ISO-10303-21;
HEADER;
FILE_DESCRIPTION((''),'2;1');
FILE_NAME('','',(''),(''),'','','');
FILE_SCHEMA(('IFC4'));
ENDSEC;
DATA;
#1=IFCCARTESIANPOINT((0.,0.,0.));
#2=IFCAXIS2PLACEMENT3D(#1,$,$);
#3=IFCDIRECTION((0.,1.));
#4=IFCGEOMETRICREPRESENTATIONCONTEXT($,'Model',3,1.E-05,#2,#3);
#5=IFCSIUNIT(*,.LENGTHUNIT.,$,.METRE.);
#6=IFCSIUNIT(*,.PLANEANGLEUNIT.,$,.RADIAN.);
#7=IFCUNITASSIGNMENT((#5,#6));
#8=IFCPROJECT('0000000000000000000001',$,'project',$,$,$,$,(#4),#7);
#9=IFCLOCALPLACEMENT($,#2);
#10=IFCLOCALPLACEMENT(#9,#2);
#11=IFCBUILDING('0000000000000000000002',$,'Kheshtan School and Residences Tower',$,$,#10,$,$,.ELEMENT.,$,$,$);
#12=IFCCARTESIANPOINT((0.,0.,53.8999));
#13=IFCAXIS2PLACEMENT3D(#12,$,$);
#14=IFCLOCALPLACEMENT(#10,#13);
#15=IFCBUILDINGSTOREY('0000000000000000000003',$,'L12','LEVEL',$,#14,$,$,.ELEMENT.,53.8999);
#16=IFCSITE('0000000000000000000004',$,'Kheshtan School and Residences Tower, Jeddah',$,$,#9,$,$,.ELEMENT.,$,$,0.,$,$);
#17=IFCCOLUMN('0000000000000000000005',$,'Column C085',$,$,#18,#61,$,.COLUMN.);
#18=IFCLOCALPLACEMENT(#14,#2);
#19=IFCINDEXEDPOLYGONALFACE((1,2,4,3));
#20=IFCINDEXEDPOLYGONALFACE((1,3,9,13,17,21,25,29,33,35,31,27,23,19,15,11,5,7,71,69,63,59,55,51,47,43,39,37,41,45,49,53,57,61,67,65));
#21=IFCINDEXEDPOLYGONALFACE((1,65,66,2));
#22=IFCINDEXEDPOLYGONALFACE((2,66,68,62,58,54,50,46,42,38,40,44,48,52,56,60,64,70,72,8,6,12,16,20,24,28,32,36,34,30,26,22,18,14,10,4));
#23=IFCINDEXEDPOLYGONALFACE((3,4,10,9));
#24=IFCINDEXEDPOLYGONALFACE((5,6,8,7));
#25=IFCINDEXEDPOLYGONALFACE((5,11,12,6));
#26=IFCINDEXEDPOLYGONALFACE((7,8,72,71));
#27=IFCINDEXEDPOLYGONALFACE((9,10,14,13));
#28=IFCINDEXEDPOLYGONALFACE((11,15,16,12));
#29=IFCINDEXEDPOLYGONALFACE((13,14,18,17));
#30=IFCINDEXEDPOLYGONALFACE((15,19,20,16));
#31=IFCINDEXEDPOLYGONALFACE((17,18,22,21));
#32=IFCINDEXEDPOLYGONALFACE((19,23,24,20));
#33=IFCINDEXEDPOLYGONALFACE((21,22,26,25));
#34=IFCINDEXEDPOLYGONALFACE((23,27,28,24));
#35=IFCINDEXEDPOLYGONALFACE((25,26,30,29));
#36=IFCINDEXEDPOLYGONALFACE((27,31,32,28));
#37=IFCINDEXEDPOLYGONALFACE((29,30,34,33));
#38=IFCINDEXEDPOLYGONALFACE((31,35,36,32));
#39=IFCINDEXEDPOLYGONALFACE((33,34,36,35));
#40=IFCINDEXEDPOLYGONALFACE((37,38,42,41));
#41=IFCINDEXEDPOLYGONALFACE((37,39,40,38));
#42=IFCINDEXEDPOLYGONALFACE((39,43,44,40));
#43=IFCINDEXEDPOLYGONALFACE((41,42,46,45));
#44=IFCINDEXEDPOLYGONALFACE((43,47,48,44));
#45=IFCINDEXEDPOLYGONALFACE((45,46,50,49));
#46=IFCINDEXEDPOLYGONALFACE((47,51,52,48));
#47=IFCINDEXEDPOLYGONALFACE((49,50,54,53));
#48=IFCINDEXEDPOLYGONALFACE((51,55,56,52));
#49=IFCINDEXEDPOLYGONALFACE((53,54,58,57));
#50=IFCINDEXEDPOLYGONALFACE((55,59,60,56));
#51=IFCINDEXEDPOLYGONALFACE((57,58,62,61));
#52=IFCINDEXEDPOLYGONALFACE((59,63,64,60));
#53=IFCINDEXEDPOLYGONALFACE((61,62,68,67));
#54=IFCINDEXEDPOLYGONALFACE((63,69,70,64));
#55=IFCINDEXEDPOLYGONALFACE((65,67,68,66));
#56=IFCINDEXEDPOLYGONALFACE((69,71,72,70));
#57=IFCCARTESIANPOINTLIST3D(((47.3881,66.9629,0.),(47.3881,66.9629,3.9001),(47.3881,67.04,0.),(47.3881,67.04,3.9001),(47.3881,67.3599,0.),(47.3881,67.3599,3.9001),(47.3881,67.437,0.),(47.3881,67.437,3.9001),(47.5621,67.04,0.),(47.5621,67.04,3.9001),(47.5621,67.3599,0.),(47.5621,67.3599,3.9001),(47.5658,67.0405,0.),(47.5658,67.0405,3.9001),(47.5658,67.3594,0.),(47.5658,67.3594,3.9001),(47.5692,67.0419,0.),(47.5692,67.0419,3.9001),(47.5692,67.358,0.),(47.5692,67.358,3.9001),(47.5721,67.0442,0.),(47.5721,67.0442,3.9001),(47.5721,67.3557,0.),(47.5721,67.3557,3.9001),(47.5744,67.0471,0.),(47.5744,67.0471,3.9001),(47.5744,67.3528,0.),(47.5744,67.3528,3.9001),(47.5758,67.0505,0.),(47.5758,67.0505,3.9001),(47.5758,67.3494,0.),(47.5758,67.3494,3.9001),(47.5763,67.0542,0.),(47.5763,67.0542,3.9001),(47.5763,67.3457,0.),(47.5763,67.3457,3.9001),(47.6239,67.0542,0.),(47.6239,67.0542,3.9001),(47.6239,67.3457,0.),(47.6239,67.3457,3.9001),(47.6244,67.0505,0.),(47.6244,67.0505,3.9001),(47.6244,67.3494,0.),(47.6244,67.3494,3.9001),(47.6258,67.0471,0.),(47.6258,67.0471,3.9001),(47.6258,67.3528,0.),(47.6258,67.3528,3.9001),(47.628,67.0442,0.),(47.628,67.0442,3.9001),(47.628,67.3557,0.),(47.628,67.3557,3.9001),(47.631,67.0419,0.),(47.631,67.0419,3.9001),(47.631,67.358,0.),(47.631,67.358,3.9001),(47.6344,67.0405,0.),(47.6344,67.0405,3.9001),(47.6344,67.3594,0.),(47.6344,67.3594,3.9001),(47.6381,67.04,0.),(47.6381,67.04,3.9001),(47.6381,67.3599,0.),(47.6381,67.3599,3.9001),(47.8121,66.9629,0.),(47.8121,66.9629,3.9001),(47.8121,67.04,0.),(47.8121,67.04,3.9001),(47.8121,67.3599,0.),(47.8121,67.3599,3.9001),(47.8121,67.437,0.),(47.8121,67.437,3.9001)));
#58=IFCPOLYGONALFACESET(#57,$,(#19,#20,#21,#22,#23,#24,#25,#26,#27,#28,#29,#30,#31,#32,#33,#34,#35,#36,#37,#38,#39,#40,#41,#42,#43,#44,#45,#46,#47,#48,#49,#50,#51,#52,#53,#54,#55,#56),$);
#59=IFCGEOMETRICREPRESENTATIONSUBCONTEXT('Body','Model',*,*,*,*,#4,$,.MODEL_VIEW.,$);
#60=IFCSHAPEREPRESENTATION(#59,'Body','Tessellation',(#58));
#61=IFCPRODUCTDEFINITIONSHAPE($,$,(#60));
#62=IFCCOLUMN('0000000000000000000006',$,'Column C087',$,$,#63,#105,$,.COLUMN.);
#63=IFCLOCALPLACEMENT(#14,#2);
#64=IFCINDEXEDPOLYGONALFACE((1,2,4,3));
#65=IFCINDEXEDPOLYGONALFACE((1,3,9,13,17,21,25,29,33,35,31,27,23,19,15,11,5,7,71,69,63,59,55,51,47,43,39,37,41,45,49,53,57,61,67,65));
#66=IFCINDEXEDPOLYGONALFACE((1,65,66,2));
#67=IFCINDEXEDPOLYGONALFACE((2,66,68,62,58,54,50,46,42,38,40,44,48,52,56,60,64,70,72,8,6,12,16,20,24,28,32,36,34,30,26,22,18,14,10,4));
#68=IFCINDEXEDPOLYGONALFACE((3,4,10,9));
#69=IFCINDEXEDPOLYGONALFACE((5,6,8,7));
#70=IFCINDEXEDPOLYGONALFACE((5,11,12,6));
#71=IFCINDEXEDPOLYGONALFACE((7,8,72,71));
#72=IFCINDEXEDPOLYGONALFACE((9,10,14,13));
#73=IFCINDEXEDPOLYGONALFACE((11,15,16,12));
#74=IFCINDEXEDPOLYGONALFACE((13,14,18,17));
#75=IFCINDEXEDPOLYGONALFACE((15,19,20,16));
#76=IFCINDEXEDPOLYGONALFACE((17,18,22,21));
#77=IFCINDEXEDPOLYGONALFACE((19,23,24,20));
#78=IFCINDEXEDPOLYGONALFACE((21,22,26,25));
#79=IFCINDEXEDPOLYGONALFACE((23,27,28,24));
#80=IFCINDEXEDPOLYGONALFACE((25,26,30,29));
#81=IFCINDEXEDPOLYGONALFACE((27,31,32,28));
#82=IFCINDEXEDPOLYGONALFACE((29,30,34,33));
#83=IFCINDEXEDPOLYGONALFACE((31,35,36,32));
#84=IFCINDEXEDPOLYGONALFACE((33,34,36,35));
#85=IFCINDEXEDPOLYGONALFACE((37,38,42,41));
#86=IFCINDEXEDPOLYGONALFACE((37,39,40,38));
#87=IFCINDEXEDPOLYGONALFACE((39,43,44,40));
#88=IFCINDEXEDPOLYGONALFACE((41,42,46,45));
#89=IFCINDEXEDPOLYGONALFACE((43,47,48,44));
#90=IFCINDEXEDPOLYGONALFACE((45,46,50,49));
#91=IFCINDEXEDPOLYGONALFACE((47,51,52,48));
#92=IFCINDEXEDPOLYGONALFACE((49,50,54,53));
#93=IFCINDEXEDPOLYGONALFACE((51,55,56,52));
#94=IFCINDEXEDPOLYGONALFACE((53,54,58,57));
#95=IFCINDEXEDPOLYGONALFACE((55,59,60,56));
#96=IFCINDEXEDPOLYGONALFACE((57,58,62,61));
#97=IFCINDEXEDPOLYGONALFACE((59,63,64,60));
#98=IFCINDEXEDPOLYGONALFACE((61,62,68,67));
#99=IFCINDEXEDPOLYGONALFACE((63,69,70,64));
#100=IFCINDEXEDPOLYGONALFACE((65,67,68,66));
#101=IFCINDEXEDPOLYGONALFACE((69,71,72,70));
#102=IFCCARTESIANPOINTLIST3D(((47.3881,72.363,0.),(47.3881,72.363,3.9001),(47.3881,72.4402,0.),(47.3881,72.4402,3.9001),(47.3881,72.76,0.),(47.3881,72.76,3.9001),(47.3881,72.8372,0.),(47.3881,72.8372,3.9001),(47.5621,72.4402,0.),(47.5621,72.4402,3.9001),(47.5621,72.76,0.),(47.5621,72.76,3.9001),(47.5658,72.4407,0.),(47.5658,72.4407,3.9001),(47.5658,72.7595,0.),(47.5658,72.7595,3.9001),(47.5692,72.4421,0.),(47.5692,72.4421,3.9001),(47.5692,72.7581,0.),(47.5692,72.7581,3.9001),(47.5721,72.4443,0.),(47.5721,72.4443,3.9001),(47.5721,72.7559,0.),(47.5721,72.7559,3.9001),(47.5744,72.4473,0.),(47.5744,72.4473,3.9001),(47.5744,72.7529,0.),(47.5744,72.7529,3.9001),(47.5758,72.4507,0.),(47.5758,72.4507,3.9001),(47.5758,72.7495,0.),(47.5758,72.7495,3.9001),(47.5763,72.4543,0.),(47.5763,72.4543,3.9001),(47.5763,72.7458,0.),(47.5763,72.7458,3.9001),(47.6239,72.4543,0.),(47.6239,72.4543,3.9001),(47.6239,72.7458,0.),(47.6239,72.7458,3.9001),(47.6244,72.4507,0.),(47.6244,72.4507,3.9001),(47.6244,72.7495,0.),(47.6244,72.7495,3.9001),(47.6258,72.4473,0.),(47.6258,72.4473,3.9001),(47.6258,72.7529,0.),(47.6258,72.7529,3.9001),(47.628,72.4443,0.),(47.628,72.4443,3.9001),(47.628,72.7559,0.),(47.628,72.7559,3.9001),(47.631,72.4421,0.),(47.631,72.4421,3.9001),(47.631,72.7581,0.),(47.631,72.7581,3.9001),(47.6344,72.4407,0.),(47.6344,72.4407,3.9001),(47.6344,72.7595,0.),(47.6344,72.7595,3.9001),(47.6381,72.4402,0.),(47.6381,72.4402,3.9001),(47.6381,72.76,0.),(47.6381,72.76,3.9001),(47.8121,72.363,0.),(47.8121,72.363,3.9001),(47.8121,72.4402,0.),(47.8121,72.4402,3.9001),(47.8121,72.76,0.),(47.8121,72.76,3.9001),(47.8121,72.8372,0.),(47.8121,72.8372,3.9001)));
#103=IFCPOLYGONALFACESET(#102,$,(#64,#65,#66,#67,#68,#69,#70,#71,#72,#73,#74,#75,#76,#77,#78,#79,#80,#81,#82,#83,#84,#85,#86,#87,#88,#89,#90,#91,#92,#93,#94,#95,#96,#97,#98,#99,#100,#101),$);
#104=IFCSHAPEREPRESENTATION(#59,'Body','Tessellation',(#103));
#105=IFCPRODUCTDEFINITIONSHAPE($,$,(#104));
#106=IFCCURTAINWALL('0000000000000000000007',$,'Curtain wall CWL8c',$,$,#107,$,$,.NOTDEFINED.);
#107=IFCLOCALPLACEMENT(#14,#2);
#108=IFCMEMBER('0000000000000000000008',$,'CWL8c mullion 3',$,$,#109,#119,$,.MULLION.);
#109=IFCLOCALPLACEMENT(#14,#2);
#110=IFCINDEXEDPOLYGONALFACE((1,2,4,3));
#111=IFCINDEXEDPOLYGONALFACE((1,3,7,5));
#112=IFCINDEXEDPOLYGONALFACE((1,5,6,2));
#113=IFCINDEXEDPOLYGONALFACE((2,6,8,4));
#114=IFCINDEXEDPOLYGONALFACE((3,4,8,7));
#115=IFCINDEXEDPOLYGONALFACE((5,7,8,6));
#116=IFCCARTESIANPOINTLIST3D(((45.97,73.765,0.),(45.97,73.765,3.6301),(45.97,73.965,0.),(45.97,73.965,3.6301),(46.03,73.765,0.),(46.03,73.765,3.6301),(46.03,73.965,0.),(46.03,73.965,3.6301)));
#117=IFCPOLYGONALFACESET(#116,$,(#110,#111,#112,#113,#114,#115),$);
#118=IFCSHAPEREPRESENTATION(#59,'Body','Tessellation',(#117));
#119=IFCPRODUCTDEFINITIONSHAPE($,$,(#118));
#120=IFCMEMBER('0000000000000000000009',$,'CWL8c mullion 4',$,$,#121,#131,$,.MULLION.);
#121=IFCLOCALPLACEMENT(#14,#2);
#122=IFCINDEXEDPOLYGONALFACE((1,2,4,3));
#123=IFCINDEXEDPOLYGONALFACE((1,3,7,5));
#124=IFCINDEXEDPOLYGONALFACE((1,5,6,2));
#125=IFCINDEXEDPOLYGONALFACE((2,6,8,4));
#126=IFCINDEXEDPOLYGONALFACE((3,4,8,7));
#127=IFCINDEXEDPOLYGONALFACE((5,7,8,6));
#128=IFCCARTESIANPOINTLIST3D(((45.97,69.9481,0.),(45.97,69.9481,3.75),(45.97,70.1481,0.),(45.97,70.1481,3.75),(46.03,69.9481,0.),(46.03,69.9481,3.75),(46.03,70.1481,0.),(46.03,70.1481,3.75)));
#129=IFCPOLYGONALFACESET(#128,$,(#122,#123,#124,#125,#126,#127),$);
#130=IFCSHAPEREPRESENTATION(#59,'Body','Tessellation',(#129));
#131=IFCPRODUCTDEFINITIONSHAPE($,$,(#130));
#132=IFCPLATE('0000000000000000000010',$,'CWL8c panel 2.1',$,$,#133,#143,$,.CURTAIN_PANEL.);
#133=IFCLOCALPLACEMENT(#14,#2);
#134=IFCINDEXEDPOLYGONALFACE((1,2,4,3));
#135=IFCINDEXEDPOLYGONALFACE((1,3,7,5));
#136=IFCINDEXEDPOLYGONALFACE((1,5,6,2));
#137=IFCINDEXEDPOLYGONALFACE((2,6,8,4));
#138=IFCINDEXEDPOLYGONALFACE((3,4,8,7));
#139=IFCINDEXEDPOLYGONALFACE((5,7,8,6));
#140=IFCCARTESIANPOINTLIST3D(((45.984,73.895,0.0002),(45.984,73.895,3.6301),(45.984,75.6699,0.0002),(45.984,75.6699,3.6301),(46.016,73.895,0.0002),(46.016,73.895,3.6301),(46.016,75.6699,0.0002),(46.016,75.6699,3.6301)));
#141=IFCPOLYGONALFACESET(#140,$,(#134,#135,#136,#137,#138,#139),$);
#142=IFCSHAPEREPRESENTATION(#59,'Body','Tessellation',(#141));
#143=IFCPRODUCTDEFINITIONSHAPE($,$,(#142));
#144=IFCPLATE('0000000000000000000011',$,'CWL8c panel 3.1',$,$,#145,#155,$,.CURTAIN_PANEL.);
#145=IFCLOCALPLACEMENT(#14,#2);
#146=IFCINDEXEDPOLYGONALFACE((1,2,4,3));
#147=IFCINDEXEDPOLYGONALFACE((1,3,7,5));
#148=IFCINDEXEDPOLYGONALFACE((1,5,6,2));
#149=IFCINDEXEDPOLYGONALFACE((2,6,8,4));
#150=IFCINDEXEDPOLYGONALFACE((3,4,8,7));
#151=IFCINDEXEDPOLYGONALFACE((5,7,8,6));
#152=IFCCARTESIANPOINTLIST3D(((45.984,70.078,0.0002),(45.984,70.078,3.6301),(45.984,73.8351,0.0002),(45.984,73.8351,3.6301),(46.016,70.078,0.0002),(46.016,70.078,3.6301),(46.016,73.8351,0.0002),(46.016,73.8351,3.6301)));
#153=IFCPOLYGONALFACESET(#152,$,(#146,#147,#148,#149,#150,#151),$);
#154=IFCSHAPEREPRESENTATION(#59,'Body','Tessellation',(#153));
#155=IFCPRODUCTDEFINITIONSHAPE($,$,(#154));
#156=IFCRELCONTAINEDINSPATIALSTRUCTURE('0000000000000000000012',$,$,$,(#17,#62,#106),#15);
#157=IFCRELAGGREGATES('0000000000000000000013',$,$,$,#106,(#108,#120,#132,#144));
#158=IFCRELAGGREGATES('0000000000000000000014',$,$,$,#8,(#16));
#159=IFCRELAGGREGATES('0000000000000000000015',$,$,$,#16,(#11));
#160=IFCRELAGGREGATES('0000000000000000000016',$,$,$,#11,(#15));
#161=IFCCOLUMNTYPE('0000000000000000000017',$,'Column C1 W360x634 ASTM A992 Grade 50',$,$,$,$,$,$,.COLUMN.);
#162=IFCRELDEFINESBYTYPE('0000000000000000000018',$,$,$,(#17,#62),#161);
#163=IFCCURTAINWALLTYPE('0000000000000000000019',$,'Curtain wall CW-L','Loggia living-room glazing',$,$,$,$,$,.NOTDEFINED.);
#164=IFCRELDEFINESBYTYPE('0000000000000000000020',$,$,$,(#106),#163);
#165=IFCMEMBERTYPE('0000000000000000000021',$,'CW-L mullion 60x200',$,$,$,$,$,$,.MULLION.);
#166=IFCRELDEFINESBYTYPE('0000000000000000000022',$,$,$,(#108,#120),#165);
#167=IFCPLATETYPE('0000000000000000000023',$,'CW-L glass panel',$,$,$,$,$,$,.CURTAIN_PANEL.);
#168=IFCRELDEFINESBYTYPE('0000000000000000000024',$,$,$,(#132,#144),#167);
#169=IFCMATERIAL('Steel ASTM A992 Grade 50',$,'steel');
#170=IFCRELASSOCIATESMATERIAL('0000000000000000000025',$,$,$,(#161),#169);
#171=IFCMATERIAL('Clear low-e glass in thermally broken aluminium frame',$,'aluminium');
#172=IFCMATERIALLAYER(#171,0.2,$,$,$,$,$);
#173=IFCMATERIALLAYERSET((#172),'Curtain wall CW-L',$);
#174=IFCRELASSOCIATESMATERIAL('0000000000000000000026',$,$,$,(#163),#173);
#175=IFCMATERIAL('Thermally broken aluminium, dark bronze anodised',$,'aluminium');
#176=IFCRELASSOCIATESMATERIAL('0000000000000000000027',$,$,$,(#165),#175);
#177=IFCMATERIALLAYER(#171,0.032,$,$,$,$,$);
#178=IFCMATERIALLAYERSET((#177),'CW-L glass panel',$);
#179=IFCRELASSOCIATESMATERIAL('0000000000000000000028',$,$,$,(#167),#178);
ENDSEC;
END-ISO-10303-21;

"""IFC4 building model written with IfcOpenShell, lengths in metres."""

from ifc_helpers import new_model, si_unit, direction, frame, origin, origin_2d, place, context, subcontext, project, spatial, rectangle, i_section, extrude, material, layer, layer_set, material_profile, profile_set, type_object, element, aggregate, save


model = new_model("IFC4")

# Units and contexts
model_context = context("Model", 3, precision=1e-05, world=origin(), true_north=direction((0.0, 1.0)))
body_context = subcontext(model_context, "Body", "Model", "MODEL_VIEW")
ifc_project = project(units=[si_unit("LENGTHUNIT", "METRE"), si_unit("PLANEANGLEUNIT", "RADIAN")], contexts=[model_context])

# Site, building, storey
site_placement = place(None, origin())
site = spatial("IfcSite", under=ifc_project, at=site_placement, Name="Kheshtan School and Residences Tower, Jeddah", CompositionType="ELEMENT", RefElevation=0.0)
building_placement = place(site_placement, origin())
building = spatial("IfcBuilding", under=site, at=building_placement, Name="Kheshtan School and Residences Tower", CompositionType="ELEMENT")
storey_placement = place(building_placement, frame((0.0, 0.0, 53.8999)))
storey = spatial("IfcBuildingStorey", under=building, at=storey_placement, Name="L12", Description="LEVEL", CompositionType="ELEMENT", Elevation=53.8999)

# Columns
ifc_material_1 = material(Name="Steel ASTM A992 Grade 50", Category="steel")
ifc_material_profile_1 = material_profile(ifc_material_1, i_section(OverallWidth=0.4241, OverallDepth=0.4741, WebThickness=0.0476, FlangeThickness=0.0771, FilletRadius=0.0142, at=origin_2d()), Name="W360x634")
ifc_profile_set_1 = profile_set([ifc_material_profile_1], Name="Steel ASTM A992 Grade 50")
column_type = type_object("IfcColumnType", Name="Column C1 W360x634 ASTM A992 Grade 50", PredefinedType="COLUMN", material=ifc_profile_set_1)
for number, where, z_axis, x_axis, name in (
    (1, (47.6001, 67.2, 0.0), (0.0, 0.0, 1.0), (1.0, 0.0, 0.0), "Column C085"),
    (2, (47.6001, 72.6001, 0.0), (0.0, 0.0, 1.0), (1.0, 0.0, 0.0), "Column C087"),
):
    element("IfcColumn", number, at=place(storey_placement, frame(where, z_axis=z_axis, x_axis=x_axis)), inside=storey, type_object=column_type, Name=name, PredefinedType="COLUMN", context=body_context, shape_type="SweptSolid", body=[
        extrude(i_section(OverallWidth=0.4241, OverallDepth=0.4741, WebThickness=0.0476, FlangeThickness=0.0771, FilletRadius=0.0142, at=origin_2d()), origin(), (0.0, 0.0, 1.0), 3.9001),
    ])

# Curtain wall, members, plates
ifc_material_2 = material(Name="Clear low-e glass in thermally broken aluminium frame", Category="aluminium")
ifc_layer_1 = layer(ifc_material_2, 0.2)
ifc_layer_set_1 = layer_set([ifc_layer_1], Name="Curtain wall CW-L")
curtain_wall_type = type_object("IfcCurtainWallType", Name="Curtain wall CW-L", Description="Loggia living-room glazing", PredefinedType="NOTDEFINED", material=ifc_layer_set_1)
curtain_wall_placement = place(storey_placement, origin())
curtain_wall = element("IfcCurtainWall", 3, at=curtain_wall_placement, inside=storey, type_object=curtain_wall_type, Name="Curtain wall CWL8c", PredefinedType="NOTDEFINED")
ifc_material_3 = material(Name="Thermally broken aluminium, dark bronze anodised", Category="aluminium")
ifc_material_profile_2 = material_profile(ifc_material_3, rectangle(XDim=0.0601, YDim=0.2, at=origin_2d()), Name="CW-L mullion 60x200")
ifc_profile_set_2 = profile_set([ifc_material_profile_2], Name="Thermally broken aluminium, dark bronze anodised")
member_type = type_object("IfcMemberType", Name="CW-L mullion 60x200", PredefinedType="MULLION", material=ifc_profile_set_2)
member_1_placement = place(storey_placement, frame((46.0, 73.865, 0.0), z_axis=(0.0, 0.0, 1.0), x_axis=(1.0, 0.0, 0.0)))
member_1 = element("IfcMember", 4, at=member_1_placement, type_object=member_type, Name="CWL8c mullion 3", PredefinedType="MULLION", context=body_context, shape_type="SweptSolid", body=[
    extrude(rectangle(XDim=0.0601, YDim=0.2, at=origin_2d()), origin(), (0.0, 0.0, 1.0), 3.6301),
])
member_2_placement = place(storey_placement, frame((46.0, 70.0481, 0.0), z_axis=(0.0, 0.0, 1.0), x_axis=(1.0, 0.0, 0.0)))
member_2 = element("IfcMember", 5, at=member_2_placement, type_object=member_type, Name="CWL8c mullion 4", PredefinedType="MULLION", context=body_context, shape_type="SweptSolid", body=[
    extrude(rectangle(XDim=0.0601, YDim=0.2, at=origin_2d()), origin(), (0.0, 0.0, 1.0), 3.75),
])
ifc_layer_2 = layer(ifc_material_2, 0.032)
ifc_layer_set_2 = layer_set([ifc_layer_2], Name="CW-L glass panel")
plate_type = type_object("IfcPlateType", Name="CW-L glass panel", PredefinedType="CURTAIN_PANEL", material=ifc_layer_set_2)
plate_1_placement = place(storey_placement, frame((46.0, 74.7825, 0.0002), z_axis=(0.0, 0.0, 1.0), x_axis=(0.0, -1.0, 0.0)))
plate_1 = element("IfcPlate", 6, at=plate_1_placement, type_object=plate_type, Name="CWL8c panel 2.1", PredefinedType="CURTAIN_PANEL", context=body_context, shape_type="SweptSolid", body=[
    extrude(rectangle(XDim=1.7749, YDim=0.032, at=origin_2d()), origin(), (0.0, 0.0, 1.0), 3.6299),
])
plate_2_placement = place(storey_placement, frame((46.0, 71.9565, 0.0002), z_axis=(0.0, 0.0, 1.0), x_axis=(0.0, -1.0, 0.0)))
plate_2 = element("IfcPlate", 7, at=plate_2_placement, type_object=plate_type, Name="CWL8c panel 3.1", PredefinedType="CURTAIN_PANEL", context=body_context, shape_type="SweptSolid", body=[
    extrude(rectangle(XDim=3.7571, YDim=0.032, at=origin_2d()), origin(), (0.0, 0.0, 1.0), 3.6299),
])
aggregate(curtain_wall, [member_1, member_2, plate_1, plate_2])

save(model, "model.ifc")
